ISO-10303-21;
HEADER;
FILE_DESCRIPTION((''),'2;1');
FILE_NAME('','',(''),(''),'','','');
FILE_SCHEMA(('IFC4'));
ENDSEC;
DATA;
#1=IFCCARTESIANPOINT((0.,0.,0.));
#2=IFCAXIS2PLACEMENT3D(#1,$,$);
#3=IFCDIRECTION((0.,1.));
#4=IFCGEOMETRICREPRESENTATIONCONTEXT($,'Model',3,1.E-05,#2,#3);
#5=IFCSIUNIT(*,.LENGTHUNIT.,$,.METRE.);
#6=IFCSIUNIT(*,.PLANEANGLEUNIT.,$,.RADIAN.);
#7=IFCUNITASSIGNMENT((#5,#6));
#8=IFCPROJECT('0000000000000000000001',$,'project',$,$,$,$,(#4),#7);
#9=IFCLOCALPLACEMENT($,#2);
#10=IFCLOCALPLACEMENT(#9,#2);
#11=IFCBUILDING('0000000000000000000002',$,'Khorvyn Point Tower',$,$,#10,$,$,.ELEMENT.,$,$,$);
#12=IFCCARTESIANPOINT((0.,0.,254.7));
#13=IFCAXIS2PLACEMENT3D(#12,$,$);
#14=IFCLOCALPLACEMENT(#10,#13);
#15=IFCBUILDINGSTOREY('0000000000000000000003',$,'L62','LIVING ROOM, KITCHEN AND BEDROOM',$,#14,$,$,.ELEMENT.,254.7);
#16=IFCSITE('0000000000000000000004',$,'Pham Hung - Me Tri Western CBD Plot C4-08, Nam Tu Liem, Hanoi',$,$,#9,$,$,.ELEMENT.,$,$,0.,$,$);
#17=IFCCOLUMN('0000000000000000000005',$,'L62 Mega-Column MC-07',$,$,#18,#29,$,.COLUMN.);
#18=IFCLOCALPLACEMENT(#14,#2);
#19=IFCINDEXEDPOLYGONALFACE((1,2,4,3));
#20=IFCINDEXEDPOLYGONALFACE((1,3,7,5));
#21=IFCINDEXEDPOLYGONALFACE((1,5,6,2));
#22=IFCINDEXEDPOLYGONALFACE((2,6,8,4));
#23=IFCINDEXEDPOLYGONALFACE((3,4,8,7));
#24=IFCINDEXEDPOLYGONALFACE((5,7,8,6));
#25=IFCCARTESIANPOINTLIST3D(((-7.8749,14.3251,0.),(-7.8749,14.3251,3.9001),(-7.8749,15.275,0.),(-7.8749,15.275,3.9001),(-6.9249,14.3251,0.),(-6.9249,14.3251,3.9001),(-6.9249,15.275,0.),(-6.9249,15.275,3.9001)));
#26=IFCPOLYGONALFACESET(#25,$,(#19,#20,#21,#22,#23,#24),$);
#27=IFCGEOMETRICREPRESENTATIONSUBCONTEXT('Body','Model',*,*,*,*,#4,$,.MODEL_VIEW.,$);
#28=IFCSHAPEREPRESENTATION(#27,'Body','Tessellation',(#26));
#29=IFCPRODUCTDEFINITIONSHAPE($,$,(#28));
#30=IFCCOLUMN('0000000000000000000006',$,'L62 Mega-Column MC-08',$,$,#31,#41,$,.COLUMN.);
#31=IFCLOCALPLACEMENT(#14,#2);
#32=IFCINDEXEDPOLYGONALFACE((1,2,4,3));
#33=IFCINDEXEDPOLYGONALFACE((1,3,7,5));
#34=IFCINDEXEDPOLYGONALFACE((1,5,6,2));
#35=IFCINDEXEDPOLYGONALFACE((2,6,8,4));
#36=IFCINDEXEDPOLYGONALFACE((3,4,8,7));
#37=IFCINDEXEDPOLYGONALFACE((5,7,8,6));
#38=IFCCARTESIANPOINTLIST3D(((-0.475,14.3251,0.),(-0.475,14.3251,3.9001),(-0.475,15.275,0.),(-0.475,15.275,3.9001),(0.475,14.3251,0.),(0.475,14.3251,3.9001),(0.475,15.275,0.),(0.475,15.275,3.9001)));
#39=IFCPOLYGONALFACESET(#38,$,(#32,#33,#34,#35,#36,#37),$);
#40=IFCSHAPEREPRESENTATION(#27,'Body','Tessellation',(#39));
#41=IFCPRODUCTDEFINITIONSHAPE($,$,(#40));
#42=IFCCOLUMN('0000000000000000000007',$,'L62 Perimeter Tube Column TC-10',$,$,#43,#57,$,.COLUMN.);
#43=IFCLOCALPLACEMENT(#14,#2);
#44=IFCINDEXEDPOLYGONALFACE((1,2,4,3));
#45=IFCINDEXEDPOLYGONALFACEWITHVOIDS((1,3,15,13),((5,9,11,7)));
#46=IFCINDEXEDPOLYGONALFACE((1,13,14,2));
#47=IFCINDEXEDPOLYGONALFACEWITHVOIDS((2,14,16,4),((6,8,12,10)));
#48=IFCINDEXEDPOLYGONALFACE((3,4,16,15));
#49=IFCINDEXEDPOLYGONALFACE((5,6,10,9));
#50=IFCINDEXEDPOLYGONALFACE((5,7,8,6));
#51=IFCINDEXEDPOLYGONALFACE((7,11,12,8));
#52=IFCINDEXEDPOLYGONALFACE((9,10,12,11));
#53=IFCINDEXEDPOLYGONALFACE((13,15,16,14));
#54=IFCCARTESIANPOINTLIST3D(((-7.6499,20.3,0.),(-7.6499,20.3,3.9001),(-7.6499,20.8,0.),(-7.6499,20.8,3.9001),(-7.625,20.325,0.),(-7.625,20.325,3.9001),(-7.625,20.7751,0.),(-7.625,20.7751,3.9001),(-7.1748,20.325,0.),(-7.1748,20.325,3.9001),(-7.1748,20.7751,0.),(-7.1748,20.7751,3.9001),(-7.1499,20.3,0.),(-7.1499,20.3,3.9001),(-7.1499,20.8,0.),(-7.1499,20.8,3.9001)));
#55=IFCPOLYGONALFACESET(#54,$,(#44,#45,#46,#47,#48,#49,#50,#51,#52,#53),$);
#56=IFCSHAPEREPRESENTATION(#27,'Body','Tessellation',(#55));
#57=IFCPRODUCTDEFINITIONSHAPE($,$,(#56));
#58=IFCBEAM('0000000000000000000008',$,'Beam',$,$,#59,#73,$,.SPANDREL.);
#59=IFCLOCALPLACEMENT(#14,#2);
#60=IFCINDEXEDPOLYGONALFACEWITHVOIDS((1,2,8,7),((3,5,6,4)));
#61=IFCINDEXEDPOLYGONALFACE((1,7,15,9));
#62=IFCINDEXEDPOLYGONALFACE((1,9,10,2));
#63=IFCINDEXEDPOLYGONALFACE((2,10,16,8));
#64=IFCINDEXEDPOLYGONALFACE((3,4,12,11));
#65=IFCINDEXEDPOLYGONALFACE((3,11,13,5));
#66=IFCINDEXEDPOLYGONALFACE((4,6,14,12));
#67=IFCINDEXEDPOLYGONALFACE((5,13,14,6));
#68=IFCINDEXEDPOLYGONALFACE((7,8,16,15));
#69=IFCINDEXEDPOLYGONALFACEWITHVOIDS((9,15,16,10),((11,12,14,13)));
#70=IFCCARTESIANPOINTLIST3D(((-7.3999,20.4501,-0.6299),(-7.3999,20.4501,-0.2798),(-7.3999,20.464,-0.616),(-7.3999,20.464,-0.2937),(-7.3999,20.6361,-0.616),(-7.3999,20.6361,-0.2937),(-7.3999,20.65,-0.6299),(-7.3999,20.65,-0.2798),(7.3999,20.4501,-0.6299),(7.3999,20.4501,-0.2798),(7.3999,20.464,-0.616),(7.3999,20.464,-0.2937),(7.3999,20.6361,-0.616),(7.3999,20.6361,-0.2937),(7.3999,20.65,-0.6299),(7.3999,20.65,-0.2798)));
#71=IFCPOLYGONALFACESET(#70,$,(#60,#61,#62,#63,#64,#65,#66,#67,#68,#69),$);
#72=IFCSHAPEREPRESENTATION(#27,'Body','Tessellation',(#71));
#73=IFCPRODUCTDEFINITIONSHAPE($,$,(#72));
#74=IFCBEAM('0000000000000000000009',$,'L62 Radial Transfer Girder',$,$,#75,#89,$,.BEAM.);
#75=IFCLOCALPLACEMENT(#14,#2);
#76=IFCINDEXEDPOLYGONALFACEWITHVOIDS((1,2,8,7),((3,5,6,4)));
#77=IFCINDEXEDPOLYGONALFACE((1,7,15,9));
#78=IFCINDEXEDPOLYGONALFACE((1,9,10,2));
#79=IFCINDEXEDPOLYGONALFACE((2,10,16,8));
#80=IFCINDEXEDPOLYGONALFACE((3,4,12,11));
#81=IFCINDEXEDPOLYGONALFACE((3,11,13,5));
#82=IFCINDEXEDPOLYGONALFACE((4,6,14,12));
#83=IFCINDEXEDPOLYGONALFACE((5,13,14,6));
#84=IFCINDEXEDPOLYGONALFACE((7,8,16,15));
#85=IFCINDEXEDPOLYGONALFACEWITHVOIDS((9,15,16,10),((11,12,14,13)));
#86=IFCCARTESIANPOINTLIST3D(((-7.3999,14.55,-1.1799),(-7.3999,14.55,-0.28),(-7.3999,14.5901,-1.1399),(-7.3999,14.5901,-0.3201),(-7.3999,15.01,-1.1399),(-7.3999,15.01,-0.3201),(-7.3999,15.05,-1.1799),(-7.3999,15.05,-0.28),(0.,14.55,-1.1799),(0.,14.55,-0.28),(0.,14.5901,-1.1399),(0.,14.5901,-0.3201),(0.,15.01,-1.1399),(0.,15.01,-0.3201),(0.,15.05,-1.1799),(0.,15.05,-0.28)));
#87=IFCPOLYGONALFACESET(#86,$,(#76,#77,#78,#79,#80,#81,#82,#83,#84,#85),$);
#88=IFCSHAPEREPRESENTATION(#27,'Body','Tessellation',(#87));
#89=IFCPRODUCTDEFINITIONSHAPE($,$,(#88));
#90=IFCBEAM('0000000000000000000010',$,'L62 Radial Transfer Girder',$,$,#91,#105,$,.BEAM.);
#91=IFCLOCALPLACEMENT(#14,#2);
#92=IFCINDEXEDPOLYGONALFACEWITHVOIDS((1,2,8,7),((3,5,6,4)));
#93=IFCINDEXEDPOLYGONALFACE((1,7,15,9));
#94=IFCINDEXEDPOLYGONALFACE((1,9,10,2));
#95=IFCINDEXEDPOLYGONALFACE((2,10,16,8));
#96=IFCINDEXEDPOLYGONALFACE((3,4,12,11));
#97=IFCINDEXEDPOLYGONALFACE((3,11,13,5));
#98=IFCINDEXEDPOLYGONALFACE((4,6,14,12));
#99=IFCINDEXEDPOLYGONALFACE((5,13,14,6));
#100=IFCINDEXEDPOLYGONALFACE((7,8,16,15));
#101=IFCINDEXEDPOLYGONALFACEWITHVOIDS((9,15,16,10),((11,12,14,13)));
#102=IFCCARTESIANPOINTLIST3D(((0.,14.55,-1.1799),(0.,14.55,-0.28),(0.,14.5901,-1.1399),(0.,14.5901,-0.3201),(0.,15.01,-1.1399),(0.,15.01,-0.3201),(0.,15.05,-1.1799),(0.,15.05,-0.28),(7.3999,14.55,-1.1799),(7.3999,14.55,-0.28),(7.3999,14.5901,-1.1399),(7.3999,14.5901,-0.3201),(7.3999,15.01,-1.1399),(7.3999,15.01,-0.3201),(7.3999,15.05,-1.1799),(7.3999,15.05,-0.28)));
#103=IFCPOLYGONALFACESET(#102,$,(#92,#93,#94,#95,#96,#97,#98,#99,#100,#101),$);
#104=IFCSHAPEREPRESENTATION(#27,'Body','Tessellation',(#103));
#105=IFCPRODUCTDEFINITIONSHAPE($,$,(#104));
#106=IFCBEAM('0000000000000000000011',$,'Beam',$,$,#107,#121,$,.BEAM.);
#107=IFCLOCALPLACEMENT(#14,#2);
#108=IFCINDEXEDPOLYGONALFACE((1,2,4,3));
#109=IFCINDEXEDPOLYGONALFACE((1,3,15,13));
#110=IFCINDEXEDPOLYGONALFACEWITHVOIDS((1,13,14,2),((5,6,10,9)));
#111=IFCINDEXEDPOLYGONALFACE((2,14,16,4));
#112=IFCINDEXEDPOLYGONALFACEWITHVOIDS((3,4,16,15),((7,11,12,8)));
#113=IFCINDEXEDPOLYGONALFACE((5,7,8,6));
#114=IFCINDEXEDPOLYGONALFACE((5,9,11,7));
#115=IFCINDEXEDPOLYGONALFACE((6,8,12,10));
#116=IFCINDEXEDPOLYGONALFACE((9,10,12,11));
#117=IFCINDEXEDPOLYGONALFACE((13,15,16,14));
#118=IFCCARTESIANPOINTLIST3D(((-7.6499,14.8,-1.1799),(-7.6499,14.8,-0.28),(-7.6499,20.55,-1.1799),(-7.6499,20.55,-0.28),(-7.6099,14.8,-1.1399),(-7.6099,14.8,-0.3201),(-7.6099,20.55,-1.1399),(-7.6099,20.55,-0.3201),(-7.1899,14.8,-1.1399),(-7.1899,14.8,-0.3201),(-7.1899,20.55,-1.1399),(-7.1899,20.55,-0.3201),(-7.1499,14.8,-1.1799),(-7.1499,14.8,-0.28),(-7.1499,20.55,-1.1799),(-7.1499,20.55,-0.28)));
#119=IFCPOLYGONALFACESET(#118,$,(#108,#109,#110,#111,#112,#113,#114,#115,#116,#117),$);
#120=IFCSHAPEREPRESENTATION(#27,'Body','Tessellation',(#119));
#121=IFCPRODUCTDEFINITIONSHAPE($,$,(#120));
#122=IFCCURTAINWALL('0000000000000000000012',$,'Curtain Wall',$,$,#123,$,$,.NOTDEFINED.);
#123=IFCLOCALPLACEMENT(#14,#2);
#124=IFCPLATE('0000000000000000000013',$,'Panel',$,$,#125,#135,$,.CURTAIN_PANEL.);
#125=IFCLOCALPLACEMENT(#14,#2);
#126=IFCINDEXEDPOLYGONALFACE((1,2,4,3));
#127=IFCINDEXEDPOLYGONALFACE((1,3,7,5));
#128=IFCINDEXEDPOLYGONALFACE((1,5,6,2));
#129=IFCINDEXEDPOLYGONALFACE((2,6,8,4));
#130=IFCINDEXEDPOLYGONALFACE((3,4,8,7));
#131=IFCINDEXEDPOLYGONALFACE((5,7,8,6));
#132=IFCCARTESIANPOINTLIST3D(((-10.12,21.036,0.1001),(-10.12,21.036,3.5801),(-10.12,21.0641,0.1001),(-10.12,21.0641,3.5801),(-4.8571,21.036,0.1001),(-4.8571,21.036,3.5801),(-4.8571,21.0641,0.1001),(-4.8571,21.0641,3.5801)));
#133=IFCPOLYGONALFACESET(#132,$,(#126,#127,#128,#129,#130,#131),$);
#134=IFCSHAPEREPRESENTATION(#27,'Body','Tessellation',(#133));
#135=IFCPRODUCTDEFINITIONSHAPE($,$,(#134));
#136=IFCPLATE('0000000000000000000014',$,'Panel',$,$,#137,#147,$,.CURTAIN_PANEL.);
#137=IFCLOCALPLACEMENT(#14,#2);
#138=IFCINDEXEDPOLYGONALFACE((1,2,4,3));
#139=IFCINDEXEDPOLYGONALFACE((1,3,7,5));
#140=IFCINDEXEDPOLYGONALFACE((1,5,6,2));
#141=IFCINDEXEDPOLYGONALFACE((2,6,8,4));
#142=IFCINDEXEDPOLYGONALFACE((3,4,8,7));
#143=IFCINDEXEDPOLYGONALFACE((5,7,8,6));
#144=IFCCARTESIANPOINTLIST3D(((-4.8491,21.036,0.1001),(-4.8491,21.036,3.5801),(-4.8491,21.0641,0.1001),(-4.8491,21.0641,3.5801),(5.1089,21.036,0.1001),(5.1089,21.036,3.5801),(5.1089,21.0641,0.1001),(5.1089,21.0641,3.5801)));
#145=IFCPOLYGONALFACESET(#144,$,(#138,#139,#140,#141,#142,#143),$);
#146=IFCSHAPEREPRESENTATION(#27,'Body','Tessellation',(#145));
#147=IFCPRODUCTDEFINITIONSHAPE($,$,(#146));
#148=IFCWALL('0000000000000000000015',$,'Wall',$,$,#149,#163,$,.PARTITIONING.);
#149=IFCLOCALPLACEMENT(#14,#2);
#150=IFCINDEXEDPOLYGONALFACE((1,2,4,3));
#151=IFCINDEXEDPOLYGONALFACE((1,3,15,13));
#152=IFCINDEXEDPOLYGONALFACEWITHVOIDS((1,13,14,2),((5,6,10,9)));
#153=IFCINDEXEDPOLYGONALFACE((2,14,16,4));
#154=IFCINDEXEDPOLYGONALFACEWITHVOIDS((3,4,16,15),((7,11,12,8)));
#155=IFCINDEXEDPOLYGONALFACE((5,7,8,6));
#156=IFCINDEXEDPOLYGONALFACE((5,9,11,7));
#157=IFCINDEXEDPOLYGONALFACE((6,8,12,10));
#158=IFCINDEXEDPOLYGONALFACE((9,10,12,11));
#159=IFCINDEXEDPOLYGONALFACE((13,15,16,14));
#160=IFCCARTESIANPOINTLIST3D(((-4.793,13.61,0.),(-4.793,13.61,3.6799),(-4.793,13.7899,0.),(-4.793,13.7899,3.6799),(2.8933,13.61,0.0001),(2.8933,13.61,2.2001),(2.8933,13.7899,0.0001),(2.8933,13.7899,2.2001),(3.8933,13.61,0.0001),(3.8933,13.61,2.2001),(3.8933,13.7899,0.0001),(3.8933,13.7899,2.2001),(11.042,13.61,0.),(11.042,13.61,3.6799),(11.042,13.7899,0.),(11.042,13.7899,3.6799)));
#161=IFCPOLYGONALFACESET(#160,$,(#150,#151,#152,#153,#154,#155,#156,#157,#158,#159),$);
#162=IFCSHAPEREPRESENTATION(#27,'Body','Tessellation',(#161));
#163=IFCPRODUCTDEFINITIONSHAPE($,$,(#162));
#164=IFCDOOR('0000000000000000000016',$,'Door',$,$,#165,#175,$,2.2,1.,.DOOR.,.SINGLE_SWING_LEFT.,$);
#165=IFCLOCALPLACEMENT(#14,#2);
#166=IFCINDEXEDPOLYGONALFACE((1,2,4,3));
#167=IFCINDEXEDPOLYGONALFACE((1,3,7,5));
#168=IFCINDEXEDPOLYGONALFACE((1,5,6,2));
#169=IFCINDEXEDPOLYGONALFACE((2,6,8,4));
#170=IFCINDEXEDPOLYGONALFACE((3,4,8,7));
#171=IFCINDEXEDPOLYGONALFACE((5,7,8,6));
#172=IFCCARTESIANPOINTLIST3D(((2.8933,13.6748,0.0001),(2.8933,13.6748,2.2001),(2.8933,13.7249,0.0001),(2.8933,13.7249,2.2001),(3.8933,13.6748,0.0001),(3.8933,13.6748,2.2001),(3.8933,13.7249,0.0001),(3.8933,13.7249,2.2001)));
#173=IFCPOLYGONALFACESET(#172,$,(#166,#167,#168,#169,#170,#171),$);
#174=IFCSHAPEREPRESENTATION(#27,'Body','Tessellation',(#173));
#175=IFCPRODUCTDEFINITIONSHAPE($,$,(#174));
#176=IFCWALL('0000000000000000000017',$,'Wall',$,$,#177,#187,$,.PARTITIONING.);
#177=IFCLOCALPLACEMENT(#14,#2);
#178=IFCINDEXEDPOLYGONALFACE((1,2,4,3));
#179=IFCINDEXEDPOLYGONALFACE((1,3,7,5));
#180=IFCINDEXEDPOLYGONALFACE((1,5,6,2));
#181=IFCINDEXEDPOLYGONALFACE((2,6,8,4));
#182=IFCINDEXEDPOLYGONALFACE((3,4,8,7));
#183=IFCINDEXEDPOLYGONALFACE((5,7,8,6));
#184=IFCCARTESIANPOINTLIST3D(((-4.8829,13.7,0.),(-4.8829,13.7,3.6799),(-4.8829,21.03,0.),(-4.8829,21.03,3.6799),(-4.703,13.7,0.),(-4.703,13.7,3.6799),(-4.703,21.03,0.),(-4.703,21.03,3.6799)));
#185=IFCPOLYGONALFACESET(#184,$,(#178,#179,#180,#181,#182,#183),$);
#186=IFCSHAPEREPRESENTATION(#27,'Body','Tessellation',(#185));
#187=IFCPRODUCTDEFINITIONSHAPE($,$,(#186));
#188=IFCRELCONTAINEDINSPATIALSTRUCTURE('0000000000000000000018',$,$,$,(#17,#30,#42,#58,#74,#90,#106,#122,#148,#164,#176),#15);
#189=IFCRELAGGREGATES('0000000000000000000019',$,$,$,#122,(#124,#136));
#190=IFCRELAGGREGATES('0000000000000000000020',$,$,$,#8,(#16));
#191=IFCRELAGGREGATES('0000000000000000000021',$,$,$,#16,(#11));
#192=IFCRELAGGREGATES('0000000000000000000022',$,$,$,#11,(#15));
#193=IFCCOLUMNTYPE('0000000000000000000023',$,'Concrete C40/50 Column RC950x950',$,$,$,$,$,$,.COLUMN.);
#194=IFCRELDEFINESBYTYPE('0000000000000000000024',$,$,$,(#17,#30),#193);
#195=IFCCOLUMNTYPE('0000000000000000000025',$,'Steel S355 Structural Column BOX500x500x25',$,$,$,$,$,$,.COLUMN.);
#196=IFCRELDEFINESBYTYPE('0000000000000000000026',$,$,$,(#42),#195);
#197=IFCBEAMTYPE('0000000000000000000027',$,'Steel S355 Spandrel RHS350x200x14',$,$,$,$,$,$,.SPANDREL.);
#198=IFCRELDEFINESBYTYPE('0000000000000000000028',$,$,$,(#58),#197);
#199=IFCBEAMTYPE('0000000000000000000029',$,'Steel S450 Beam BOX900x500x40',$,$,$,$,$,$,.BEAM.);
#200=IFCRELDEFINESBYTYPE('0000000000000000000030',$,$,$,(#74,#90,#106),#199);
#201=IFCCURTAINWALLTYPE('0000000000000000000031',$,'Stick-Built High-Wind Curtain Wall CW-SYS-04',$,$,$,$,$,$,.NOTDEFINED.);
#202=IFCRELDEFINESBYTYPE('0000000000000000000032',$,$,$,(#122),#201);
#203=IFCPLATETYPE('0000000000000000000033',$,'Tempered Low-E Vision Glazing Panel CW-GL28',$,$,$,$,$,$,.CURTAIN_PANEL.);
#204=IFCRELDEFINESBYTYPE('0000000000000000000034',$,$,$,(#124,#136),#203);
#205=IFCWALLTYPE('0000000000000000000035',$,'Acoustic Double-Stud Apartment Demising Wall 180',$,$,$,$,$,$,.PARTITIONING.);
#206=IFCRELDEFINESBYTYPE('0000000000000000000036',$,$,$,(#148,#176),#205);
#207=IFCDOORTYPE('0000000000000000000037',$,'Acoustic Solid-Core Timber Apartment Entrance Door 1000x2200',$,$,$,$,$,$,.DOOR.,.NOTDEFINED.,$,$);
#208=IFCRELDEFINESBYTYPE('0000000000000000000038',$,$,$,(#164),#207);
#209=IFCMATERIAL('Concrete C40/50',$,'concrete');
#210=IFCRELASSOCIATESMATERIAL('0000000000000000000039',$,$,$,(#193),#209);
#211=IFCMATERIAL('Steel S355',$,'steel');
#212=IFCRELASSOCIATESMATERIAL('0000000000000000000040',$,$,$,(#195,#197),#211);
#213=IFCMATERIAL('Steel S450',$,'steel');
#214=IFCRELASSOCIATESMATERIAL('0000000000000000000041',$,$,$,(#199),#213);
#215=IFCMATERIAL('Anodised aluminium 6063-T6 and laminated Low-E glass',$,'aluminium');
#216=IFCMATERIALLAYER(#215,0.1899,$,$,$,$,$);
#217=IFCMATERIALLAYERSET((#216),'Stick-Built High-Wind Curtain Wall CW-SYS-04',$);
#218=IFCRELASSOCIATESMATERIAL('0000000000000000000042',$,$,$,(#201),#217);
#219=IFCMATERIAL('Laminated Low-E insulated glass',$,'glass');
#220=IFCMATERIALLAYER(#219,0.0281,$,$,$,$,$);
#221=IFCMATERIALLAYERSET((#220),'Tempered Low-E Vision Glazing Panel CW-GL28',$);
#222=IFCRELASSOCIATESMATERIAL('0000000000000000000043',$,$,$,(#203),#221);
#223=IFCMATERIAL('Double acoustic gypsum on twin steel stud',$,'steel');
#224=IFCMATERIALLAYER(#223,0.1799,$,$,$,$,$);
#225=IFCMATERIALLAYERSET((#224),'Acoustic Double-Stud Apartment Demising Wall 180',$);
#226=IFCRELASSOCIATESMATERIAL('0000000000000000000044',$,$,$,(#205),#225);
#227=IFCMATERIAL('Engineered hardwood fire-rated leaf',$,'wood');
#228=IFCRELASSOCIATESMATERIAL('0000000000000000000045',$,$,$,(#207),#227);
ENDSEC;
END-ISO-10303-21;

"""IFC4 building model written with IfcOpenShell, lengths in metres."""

from ifc_helpers import new_model, si_unit, direction, frame, frame_2d, origin, origin_2d, place, context, subcontext, project, spatial, rectangle, hollow_rectangle, extrude, material, layer, layer_set, material_profile, profile_set, type_object, element, fill, aggregate, save


model = new_model("IFC4")

# Units and contexts
model_context = context("Model", 3, precision=1e-05, world=origin(), true_north=direction((0.0, 1.0)))
body_context = subcontext(model_context, "Body", "Model", "MODEL_VIEW")
ifc_project = project(units=[si_unit("LENGTHUNIT", "METRE"), si_unit("PLANEANGLEUNIT", "RADIAN")], contexts=[model_context])

# Site, building, storey
site_placement = place(None, origin())
site = spatial("IfcSite", under=ifc_project, at=site_placement, Name="Pham Hung - Me Tri Western CBD Plot C4-08, Nam Tu Liem, Hanoi", CompositionType="ELEMENT", RefElevation=0.0)
building_placement = place(site_placement, origin())
building = spatial("IfcBuilding", under=site, at=building_placement, Name="Khorvyn Point Tower", CompositionType="ELEMENT")
storey_placement = place(building_placement, frame((0.0, 0.0, 254.7)))
storey = spatial("IfcBuildingStorey", under=building, at=storey_placement, Name="L62", Description="LIVING ROOM, KITCHEN AND BEDROOM", CompositionType="ELEMENT", Elevation=254.7)

# Columns
ifc_material_1 = material(Name="Concrete C40/50", Category="concrete")
ifc_material_profile_1 = material_profile(ifc_material_1, rectangle(XDim=0.95, YDim=0.95, at=origin_2d()))
ifc_profile_set_1 = profile_set([ifc_material_profile_1], Name="Concrete C40/50 RC950x950")
column_type_1 = type_object("IfcColumnType", Name="Concrete C40/50 Column RC950x950", PredefinedType="COLUMN", material=ifc_profile_set_1)
for number, where, z_axis, x_axis, name in (
    (1, (-7.3999, 14.8, 0.0), (0.0, 0.0, 1.0), (1.0, 0.0, 0.0), "L62 Mega-Column MC-07"),
    (2, (0.0, 14.8, 0.0), (0.0, 0.0, 1.0), (1.0, 0.0, 0.0), "L62 Mega-Column MC-08"),
):
    element("IfcColumn", number, at=place(storey_placement, frame(where, z_axis=z_axis, x_axis=x_axis)), inside=storey, type_object=column_type_1, Name=name, PredefinedType="COLUMN", context=body_context, shape_type="SweptSolid", body=[
        extrude(rectangle(XDim=0.95, YDim=0.95, at=origin_2d()), origin(), (0.0, 0.0, 1.0), 3.9001),
    ])
ifc_material_2 = material(Name="Steel S355", Category="steel")
ifc_material_profile_2 = material_profile(ifc_material_2, hollow_rectangle(XDim=0.5, YDim=0.5, WallThickness=0.0249, at=origin_2d()))
ifc_profile_set_2 = profile_set([ifc_material_profile_2], Name="Steel S355 BOX500x500x25")
column_type_2 = type_object("IfcColumnType", Name="Steel S355 Structural Column BOX500x500x25", PredefinedType="COLUMN", material=ifc_profile_set_2)
column_placement = place(storey_placement, frame((-7.3999, 20.55, 0.0), z_axis=(0.0, 0.0, 1.0), x_axis=(1.0, 0.0, 0.0)))
element("IfcColumn", 3, at=column_placement, inside=storey, type_object=column_type_2, Name="L62 Perimeter Tube Column TC-10", PredefinedType="COLUMN", context=body_context, shape_type="SweptSolid", body=[
    extrude(hollow_rectangle(XDim=0.5, YDim=0.5, WallThickness=0.0249, at=origin_2d()), origin(), (0.0, 0.0, 1.0), 3.9001),
])

# Beams
ifc_material_profile_3 = material_profile(ifc_material_2, hollow_rectangle(XDim=0.2, YDim=0.3501, WallThickness=0.0139, at=origin_2d()))
ifc_profile_set_3 = profile_set([ifc_material_profile_3], Name="Steel S355 RHS350x200x14")
beam_type_1 = type_object("IfcBeamType", Name="Steel S355 Spandrel RHS350x200x14", PredefinedType="SPANDREL", material=ifc_profile_set_3)
beam_1_placement = place(storey_placement, frame((-7.3999, 20.55, -0.4548), z_axis=(1.0, 0.0, 0.0), x_axis=(0.0, 1.0, 0.0)))
element("IfcBeam", 4, at=beam_1_placement, inside=storey, type_object=beam_type_1, Name="Beam", PredefinedType="SPANDREL", context=body_context, shape_type="SweptSolid", body=[
    extrude(hollow_rectangle(XDim=0.2, YDim=0.3501, WallThickness=0.0139, at=origin_2d()), origin(), (0.0, 0.0, 1.0), 14.7998),
])
ifc_material_3 = material(Name="Steel S450", Category="steel")
ifc_material_profile_4 = material_profile(ifc_material_3, hollow_rectangle(XDim=0.5, YDim=0.8999, WallThickness=0.04, at=origin_2d()))
ifc_profile_set_4 = profile_set([ifc_material_profile_4], Name="Steel S450 BOX900x500x40")
beam_type_2 = type_object("IfcBeamType", Name="Steel S450 Beam BOX900x500x40", PredefinedType="BEAM", material=ifc_profile_set_4)
for number, where, z_axis, x_axis, name in (
    (5, (-7.3999, 14.8, -0.73), (1.0, 0.0, 0.0), (0.0, 1.0, 0.0), "L62 Radial Transfer Girder"),
    (6, (0.0, 14.8, -0.73), (1.0, 0.0, 0.0), (0.0, 1.0, 0.0), "L62 Radial Transfer Girder"),
):
    element("IfcBeam", number, at=place(storey_placement, frame(where, z_axis=z_axis, x_axis=x_axis)), inside=storey, type_object=beam_type_2, Name=name, PredefinedType="BEAM", context=body_context, shape_type="SweptSolid", body=[
        extrude(hollow_rectangle(XDim=0.5, YDim=0.8999, WallThickness=0.04, at=origin_2d()), origin(), (0.0, 0.0, 1.0), 7.3999),
    ])
beam_2_placement = place(storey_placement, frame((-7.3999, 14.8, -0.73), z_axis=(0.0, 1.0, 0.0), x_axis=(-1.0, 0.0, 0.0)))
element("IfcBeam", 7, at=beam_2_placement, inside=storey, type_object=beam_type_2, Name="Beam", PredefinedType="BEAM", context=body_context, shape_type="SweptSolid", body=[
    extrude(hollow_rectangle(XDim=0.5, YDim=0.8999, WallThickness=0.04, at=origin_2d()), origin(), (0.0, 0.0, 1.0), 5.75),
])

# Curtain wall, plates
ifc_material_4 = material(Name="Anodised aluminium 6063-T6 and laminated Low-E glass", Category="aluminium")
ifc_layer_1 = layer(ifc_material_4, 0.1899)
ifc_layer_set_1 = layer_set([ifc_layer_1], Name="Stick-Built High-Wind Curtain Wall CW-SYS-04")
curtain_wall_type = type_object("IfcCurtainWallType", Name="Stick-Built High-Wind Curtain Wall CW-SYS-04", PredefinedType="NOTDEFINED", material=ifc_layer_set_1)
curtain_wall_placement = place(storey_placement, origin())
curtain_wall = element("IfcCurtainWall", 8, at=curtain_wall_placement, inside=storey, type_object=curtain_wall_type, Name="Curtain Wall", PredefinedType="NOTDEFINED")
ifc_material_5 = material(Name="Laminated Low-E insulated glass", Category="glass")
ifc_layer_2 = layer(ifc_material_5, 0.0281)
ifc_layer_set_2 = layer_set([ifc_layer_2], Name="Tempered Low-E Vision Glazing Panel CW-GL28")
plate_type = type_object("IfcPlateType", Name="Tempered Low-E Vision Glazing Panel CW-GL28", PredefinedType="CURTAIN_PANEL", material=ifc_layer_set_2)
plate_1_placement = place(storey_placement, frame((-7.4885, 21.05, 0.1001), z_axis=(0.0, 0.0, 1.0), x_axis=(1.0, 0.0, 0.0)))
plate_1 = element("IfcPlate", 9, at=plate_1_placement, type_object=plate_type, Name="Panel", PredefinedType="CURTAIN_PANEL", context=body_context, shape_type="SweptSolid", body=[
    extrude(rectangle(XDim=5.2629, YDim=0.0281, at=origin_2d()), origin(), (0.0, 0.0, 1.0), 3.48),
])
plate_2_placement = place(storey_placement, frame((0.1299, 21.05, 0.1001), z_axis=(0.0, 0.0, 1.0), x_axis=(1.0, 0.0, 0.0)))
plate_2 = element("IfcPlate", 10, at=plate_2_placement, type_object=plate_type, Name="Panel", PredefinedType="CURTAIN_PANEL", context=body_context, shape_type="SweptSolid", body=[
    extrude(rectangle(XDim=9.958, YDim=0.0281, at=origin_2d()), origin(), (0.0, 0.0, 1.0), 3.48),
])
aggregate(curtain_wall, [plate_1, plate_2])

# Wall, opening, door
ifc_material_6 = material(Name="Double acoustic gypsum on twin steel stud", Category="steel")
ifc_layer_3 = layer(ifc_material_6, 0.1799)
ifc_layer_set_3 = layer_set([ifc_layer_3], Name="Acoustic Double-Stud Apartment Demising Wall 180")
wall_type_1 = type_object("IfcWallType", Name="Acoustic Double-Stud Apartment Demising Wall 180", PredefinedType="PARTITIONING", material=ifc_layer_set_3)
wall_1_placement = place(storey_placement, frame((-4.793, 13.7, 0.0), z_axis=(0.0, 0.0, 1.0), x_axis=(1.0, 0.0, 0.0)))
wall_1 = element("IfcWall", 11, at=wall_1_placement, inside=storey, type_object=wall_type_1, Name="Wall", PredefinedType="PARTITIONING", context=body_context, shape_type="SweptSolid", body=[
    extrude(rectangle(XDim=15.835, YDim=0.1799, at=frame_2d((7.9175, 0.0))), origin(), (0.0, 0.0, 1.0), 3.6799),
])
opening_1_placement = place(wall_1_placement, frame((7.6863, 0.0, 0.0)))
opening_1 = element("IfcOpeningElement", 12, at=opening_1_placement, cuts=wall_1, PredefinedType="OPENING", context=body_context, shape_type="SweptSolid", body=[
    extrude(rectangle(XDim=1.0, YDim=2.2, at=frame_2d((0.5, 1.1001))), frame((0.0, 0.0999, 0.0), z_axis=(0.0, -1.0, 0.0), x_axis=(1.0, 0.0, 0.0)), (0.0, 0.0, 1.0), 0.2),
])
ifc_material_7 = material(Name="Engineered hardwood fire-rated leaf", Category="wood")
door_type_1 = type_object("IfcDoorType", Name="Acoustic Solid-Core Timber Apartment Entrance Door 1000x2200", OperationType="NOTDEFINED", PredefinedType="DOOR", material=ifc_material_7)
door_1_placement = place(opening_1_placement, origin())
door_1 = element("IfcDoor", 13, at=door_1_placement, inside=storey, type_object=door_type_1, Name="Door", OperationType="SINGLE_SWING_LEFT", OverallHeight=2.2, OverallWidth=1.0, PredefinedType="DOOR", context=body_context, shape_type="SweptSolid", body=[
    extrude(rectangle(XDim=1.0, YDim=2.2, at=frame_2d((0.5, 1.1001))), frame((0.0, 0.0249, 0.0), z_axis=(0.0, -1.0, 0.0), x_axis=(1.0, 0.0, 0.0)), (0.0, 0.0, 1.0), 0.05),
])
fill(opening_1, door_1)

# Wall
wall_2_placement = place(storey_placement, frame((-4.793, 13.7, 0.0), z_axis=(0.0, 0.0, 1.0), x_axis=(0.0, 1.0, 0.0)))
element("IfcWall", 14, at=wall_2_placement, inside=storey, type_object=wall_type_1, Name="Wall", PredefinedType="PARTITIONING", context=body_context, shape_type="SweptSolid", body=[
    extrude(rectangle(XDim=7.3301, YDim=0.1799, at=frame_2d((3.665, 0.0))), origin(), (0.0, 0.0, 1.0), 3.6799),
])

save(model, "model.ifc")
